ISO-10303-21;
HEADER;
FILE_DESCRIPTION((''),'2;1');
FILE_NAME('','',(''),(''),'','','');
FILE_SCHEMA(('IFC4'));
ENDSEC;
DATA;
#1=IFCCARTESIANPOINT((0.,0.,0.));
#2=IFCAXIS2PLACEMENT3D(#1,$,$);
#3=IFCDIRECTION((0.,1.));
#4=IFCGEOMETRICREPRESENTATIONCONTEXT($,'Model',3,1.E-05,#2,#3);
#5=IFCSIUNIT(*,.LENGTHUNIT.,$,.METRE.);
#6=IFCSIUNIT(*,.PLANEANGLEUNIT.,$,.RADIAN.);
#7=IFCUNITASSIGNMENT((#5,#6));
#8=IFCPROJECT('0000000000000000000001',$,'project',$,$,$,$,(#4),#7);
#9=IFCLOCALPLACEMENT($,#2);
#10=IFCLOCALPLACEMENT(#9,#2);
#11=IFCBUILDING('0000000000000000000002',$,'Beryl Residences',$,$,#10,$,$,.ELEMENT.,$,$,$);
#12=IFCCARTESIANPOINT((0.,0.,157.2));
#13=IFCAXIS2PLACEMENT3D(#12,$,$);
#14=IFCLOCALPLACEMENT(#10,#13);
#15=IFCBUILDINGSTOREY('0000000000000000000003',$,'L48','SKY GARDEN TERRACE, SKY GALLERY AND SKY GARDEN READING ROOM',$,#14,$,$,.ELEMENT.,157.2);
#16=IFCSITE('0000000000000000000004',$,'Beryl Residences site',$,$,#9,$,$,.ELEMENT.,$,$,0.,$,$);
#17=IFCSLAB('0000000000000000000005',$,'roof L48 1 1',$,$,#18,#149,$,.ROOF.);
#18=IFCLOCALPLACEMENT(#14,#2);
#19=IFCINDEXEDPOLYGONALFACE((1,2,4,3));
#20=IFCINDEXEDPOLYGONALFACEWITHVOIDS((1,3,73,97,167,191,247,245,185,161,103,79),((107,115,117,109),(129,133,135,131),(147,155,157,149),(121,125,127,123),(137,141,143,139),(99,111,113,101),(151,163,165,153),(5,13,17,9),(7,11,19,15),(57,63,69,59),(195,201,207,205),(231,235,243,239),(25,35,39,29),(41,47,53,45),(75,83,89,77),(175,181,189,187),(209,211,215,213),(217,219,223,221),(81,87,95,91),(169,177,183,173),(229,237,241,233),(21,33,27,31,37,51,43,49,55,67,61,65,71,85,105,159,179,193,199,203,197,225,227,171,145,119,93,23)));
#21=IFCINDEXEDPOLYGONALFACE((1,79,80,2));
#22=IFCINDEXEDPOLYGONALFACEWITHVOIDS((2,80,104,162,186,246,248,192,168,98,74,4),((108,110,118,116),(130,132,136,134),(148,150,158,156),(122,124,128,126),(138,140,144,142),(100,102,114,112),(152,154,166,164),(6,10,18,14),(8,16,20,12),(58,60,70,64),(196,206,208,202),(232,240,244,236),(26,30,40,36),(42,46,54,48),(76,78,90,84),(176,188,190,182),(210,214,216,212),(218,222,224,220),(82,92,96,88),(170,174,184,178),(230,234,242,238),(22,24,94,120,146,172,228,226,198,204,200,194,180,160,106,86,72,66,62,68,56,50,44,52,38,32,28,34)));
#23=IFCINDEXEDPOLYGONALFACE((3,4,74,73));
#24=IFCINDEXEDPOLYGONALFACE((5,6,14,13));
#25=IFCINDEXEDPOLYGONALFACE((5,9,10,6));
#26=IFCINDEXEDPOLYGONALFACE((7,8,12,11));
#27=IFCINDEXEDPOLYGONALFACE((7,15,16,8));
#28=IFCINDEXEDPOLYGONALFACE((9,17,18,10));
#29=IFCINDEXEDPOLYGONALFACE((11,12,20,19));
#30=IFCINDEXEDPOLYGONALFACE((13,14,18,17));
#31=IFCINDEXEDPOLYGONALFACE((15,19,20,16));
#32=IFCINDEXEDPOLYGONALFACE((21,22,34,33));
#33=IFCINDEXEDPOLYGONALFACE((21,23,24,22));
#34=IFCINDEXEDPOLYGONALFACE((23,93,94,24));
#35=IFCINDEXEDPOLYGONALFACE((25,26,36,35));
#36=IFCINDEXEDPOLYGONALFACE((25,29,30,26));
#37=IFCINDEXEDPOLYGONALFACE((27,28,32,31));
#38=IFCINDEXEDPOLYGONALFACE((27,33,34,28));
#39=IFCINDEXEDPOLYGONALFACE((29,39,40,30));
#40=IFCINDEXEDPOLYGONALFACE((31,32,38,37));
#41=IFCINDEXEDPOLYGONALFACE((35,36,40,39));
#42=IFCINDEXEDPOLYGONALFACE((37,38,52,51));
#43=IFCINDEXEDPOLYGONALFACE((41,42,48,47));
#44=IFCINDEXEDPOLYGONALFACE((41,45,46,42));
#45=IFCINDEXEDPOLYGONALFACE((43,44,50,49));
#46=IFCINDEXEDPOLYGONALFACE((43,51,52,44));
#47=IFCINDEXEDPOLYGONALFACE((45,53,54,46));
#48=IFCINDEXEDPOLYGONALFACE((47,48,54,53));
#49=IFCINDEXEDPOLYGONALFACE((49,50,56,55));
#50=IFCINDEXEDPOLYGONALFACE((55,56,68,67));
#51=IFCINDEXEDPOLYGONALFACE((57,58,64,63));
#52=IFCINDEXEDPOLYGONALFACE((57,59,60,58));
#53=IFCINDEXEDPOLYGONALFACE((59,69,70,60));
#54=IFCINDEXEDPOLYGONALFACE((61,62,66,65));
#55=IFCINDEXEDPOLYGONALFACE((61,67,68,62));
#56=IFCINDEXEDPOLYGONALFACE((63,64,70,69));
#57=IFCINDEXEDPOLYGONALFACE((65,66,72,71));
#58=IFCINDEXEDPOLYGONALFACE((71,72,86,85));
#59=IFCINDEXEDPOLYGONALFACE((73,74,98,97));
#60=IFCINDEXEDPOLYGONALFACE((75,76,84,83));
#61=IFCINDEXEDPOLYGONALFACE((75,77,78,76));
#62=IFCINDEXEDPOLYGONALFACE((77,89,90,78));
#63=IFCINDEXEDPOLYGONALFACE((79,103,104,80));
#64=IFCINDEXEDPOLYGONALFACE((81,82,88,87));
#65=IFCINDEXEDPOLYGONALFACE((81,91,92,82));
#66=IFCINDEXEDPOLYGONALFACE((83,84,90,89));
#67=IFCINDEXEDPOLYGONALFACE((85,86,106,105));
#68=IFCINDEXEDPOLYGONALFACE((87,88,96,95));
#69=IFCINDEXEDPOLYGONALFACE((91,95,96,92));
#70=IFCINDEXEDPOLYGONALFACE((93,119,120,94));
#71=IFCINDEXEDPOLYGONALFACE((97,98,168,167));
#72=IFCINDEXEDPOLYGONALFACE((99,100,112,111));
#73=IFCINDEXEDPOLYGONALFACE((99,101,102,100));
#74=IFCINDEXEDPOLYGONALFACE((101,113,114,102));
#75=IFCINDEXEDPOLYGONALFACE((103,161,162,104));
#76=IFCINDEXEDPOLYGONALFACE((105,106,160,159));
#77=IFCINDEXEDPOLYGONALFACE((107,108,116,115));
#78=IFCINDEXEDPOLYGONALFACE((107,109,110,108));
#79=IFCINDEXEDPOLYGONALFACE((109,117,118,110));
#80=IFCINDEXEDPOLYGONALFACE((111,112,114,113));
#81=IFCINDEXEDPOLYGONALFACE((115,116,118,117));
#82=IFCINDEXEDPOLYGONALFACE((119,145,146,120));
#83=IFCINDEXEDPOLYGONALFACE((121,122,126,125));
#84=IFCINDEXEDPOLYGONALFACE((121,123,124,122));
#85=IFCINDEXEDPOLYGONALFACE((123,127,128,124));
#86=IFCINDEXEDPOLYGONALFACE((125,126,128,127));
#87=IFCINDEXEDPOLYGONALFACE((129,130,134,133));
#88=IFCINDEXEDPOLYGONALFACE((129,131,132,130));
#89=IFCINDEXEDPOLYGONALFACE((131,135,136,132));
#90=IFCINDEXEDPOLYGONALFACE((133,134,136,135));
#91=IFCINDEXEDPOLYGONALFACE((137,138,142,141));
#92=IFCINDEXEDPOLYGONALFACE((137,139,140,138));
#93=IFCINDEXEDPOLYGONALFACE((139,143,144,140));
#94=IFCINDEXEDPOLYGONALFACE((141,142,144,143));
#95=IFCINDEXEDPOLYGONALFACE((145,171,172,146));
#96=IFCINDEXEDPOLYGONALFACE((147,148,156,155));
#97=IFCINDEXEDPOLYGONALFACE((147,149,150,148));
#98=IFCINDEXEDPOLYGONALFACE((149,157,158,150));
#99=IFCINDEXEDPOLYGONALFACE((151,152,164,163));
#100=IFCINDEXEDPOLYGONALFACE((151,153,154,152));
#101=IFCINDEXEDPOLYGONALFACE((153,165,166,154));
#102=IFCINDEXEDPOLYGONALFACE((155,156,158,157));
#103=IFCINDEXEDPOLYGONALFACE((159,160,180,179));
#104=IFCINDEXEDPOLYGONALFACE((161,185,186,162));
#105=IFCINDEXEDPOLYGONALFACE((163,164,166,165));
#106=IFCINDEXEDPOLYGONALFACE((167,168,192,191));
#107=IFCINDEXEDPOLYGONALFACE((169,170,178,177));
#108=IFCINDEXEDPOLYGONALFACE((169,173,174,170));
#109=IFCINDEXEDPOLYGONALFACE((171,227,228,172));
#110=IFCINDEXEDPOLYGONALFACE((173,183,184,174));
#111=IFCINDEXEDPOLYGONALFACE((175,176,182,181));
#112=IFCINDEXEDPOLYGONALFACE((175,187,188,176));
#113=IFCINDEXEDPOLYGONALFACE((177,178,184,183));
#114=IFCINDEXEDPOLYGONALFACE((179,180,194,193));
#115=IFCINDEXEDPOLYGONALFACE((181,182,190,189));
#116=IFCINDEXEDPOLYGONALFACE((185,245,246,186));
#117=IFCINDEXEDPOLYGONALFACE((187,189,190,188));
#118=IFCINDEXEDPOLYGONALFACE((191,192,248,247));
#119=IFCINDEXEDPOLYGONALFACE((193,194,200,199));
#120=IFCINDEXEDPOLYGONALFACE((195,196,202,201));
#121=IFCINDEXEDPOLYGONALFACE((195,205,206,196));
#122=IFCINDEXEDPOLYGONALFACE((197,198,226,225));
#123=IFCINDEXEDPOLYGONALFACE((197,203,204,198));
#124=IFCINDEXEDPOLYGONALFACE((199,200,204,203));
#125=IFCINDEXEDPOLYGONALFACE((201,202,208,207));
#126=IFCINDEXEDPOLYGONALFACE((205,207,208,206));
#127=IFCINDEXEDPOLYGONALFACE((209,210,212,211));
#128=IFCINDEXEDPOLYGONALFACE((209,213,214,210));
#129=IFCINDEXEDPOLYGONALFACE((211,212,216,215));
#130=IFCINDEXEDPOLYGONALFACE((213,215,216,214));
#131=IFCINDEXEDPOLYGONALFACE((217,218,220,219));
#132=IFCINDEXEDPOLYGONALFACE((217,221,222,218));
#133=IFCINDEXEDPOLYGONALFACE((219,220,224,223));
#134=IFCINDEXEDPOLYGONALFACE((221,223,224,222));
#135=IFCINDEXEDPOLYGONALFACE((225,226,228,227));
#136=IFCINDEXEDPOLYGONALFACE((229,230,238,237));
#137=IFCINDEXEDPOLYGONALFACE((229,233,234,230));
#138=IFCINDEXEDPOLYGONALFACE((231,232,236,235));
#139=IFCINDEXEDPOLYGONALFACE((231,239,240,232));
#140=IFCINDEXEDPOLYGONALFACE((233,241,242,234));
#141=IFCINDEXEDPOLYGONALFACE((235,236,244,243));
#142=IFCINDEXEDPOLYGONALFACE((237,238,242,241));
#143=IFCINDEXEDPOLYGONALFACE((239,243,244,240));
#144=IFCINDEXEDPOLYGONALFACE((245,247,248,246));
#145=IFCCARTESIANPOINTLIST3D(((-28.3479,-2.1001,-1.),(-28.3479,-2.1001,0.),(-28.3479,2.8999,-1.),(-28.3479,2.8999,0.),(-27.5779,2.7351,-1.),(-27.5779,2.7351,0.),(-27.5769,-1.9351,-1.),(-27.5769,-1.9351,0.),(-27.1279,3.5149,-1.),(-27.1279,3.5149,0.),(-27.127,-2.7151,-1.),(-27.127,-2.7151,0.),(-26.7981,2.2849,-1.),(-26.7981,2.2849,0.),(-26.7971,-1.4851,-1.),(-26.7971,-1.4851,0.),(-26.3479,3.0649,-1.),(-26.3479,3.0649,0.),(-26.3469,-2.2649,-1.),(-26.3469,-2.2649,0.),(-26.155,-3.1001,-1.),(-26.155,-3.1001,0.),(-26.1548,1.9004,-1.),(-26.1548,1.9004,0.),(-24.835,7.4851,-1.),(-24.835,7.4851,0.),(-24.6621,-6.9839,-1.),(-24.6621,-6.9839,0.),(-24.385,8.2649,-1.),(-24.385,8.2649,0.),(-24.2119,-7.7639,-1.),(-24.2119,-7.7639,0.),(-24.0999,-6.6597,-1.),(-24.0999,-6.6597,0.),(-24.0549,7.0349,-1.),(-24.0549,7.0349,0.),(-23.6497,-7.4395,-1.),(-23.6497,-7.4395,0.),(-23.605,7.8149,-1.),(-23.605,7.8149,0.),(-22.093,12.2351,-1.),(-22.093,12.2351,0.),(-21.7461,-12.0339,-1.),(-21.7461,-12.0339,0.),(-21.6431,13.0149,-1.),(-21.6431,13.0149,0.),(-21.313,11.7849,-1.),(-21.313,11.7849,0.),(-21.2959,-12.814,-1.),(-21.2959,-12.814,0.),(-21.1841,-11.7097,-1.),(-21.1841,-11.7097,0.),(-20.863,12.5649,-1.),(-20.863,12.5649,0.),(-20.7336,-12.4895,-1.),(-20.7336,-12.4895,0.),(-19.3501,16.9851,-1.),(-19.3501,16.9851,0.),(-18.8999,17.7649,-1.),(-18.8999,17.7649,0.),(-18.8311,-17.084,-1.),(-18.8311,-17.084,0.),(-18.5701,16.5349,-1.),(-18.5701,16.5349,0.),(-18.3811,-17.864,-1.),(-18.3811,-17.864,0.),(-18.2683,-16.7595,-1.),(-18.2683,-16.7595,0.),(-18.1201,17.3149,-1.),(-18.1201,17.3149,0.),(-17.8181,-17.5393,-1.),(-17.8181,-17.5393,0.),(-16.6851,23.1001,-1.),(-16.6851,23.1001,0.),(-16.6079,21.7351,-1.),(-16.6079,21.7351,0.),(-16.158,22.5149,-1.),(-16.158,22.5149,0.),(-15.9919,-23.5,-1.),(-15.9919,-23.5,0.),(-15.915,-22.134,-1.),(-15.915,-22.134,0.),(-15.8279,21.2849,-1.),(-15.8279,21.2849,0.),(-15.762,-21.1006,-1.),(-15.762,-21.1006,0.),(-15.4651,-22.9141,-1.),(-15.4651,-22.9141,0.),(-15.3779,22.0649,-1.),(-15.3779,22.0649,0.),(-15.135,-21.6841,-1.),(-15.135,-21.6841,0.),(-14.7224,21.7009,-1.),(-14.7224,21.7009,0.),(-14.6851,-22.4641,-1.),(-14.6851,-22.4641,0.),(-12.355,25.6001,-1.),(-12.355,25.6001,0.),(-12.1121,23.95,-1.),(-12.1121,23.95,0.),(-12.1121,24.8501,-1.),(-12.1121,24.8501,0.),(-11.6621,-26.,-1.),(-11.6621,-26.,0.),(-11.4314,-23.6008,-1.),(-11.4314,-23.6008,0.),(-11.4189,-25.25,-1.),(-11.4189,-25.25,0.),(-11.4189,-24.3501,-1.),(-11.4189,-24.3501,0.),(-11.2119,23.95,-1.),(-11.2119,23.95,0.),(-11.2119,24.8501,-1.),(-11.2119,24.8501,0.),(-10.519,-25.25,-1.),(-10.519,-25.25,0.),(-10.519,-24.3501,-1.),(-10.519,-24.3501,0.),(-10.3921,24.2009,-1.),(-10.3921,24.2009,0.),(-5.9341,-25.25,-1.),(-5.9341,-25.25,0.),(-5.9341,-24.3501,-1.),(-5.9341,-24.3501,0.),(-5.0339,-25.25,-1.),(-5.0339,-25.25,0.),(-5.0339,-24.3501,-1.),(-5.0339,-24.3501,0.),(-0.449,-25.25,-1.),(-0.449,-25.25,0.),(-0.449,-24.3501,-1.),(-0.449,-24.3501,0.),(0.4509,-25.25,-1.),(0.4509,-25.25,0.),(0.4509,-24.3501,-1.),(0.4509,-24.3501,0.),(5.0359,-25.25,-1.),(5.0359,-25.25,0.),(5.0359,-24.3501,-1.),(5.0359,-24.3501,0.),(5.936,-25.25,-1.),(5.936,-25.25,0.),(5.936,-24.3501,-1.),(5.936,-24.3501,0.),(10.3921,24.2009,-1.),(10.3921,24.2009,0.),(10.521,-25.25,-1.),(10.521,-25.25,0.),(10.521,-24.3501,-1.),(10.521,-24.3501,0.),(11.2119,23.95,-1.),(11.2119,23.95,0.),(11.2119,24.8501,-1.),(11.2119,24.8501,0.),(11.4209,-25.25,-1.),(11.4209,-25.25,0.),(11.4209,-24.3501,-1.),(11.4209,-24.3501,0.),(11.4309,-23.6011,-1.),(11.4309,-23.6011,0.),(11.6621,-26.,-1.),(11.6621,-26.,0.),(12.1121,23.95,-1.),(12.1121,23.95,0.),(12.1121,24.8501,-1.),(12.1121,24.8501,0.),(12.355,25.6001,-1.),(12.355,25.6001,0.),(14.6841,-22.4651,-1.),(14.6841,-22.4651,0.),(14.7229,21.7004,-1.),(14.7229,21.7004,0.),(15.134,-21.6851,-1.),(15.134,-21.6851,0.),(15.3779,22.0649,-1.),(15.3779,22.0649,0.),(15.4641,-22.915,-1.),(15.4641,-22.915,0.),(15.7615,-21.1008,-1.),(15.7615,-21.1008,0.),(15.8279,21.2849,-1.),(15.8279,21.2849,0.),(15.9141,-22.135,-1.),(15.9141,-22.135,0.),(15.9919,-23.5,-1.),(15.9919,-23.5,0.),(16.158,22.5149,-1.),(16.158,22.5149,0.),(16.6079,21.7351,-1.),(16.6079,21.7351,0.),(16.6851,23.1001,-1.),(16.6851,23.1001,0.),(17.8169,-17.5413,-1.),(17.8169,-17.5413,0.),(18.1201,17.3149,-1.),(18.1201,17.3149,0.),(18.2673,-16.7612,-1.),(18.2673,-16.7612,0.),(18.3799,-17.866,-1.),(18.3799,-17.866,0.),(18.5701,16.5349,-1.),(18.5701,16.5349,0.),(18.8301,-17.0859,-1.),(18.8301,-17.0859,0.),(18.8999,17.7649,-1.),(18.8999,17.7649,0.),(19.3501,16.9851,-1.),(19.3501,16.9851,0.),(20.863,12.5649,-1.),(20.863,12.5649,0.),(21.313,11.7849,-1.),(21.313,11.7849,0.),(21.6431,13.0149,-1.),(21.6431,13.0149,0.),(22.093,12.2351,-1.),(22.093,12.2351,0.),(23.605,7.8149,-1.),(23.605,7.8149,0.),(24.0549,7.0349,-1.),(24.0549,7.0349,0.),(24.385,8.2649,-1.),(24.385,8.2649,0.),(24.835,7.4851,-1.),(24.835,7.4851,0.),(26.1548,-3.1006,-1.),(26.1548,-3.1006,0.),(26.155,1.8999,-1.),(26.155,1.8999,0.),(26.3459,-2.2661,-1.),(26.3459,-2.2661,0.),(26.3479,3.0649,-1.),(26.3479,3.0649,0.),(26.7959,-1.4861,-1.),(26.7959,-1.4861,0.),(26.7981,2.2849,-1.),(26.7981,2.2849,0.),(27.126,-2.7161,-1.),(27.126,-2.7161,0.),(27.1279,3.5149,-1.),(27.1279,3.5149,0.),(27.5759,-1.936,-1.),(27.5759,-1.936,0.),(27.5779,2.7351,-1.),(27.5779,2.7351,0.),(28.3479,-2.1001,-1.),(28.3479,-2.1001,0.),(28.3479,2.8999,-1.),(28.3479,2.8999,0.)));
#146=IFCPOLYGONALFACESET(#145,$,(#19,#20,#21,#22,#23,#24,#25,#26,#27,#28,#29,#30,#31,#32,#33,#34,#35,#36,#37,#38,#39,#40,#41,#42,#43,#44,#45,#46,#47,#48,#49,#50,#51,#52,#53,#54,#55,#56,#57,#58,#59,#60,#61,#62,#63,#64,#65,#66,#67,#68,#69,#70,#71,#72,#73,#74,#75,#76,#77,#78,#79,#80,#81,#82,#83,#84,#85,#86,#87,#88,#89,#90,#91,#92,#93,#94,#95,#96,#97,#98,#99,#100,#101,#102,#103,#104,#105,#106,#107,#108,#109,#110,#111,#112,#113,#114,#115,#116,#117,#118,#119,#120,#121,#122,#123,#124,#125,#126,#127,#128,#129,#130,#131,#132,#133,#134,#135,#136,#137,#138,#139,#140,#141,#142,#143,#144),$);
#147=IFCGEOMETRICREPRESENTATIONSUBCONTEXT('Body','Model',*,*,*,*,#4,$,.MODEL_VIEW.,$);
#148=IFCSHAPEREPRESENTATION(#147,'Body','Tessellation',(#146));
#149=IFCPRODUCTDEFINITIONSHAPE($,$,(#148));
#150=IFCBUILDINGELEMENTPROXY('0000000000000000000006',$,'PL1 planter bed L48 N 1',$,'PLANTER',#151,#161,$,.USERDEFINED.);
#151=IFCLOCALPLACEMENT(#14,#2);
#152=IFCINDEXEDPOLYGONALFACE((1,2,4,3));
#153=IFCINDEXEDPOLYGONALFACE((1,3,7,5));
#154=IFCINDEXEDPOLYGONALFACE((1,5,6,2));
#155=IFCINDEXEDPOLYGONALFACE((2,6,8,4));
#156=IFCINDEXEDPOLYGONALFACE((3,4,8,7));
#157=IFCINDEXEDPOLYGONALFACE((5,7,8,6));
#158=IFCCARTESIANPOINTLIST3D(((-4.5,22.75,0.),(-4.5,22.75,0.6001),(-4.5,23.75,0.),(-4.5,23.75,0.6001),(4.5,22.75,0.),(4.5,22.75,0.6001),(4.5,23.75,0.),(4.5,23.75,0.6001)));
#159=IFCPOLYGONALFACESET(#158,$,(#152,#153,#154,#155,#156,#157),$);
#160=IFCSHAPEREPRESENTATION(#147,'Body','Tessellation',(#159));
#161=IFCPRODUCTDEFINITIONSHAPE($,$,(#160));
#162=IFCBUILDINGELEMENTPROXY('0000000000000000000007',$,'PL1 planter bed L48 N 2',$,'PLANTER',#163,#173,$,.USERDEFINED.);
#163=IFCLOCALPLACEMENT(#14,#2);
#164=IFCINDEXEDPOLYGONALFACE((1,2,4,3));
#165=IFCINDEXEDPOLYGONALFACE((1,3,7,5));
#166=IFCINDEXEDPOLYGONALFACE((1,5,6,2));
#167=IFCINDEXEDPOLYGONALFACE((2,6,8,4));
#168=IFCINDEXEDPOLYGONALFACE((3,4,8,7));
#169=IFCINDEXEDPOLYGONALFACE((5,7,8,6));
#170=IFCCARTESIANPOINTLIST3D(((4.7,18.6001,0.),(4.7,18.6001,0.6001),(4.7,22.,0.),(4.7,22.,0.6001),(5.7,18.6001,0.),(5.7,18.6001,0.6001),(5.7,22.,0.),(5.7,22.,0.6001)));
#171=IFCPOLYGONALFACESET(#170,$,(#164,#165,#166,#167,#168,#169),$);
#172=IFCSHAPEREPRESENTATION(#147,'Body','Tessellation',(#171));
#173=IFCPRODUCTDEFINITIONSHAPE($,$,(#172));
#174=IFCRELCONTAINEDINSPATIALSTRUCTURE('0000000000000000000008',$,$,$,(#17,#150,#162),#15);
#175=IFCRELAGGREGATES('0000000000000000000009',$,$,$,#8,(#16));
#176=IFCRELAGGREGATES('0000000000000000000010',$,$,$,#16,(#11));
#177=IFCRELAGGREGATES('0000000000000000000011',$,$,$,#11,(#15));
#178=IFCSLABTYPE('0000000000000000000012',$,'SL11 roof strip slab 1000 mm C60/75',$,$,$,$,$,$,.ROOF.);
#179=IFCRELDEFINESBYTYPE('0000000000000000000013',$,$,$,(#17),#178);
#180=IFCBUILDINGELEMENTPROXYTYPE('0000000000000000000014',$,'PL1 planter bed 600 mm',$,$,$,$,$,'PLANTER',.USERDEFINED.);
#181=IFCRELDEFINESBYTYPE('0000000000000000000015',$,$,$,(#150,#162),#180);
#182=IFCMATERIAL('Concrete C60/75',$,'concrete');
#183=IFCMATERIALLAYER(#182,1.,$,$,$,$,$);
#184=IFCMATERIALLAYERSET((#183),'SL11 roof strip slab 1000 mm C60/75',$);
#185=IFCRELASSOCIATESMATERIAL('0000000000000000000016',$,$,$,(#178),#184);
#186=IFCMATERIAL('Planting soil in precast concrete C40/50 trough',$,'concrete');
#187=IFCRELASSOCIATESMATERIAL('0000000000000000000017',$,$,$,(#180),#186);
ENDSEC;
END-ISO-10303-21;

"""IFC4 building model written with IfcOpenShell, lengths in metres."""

from ifc_helpers import new_model, si_unit, direction, frame, origin, place, context, subcontext, project, spatial, polyline, outline, extrude, material, layer, layer_set, type_object, element, save


model = new_model("IFC4")

# Units and contexts
model_context = context("Model", 3, precision=1e-05, world=origin(), true_north=direction((0.0, 1.0)))
body_context = subcontext(model_context, "Body", "Model", "MODEL_VIEW")
ifc_project = project(units=[si_unit("LENGTHUNIT", "METRE"), si_unit("PLANEANGLEUNIT", "RADIAN")], contexts=[model_context])

# Site, building, storey
site_placement = place(None, origin())
site = spatial("IfcSite", under=ifc_project, at=site_placement, Name="Beryl Residences site", CompositionType="ELEMENT", RefElevation=0.0)
building_placement = place(site_placement, origin())
building = spatial("IfcBuilding", under=site, at=building_placement, Name="Beryl Residences", CompositionType="ELEMENT")
storey_placement = place(building_placement, frame((0.0, 0.0, 157.2)))
storey = spatial("IfcBuildingStorey", under=building, at=storey_placement, Name="L48", Description="SKY GARDEN TERRACE, SKY GALLERY AND SKY GARDEN READING ROOM", CompositionType="ELEMENT", Elevation=157.2)

# Slab
ifc_material_1 = material(Name="Concrete C60/75", Category="concrete")
ifc_layer_1 = layer(ifc_material_1, 1.0)
ifc_layer_set_1 = layer_set([ifc_layer_1], Name="SL11 roof strip slab 1000 mm C60/75")
slab_type_1 = type_object("IfcSlabType", Name="SL11 roof strip slab 1000 mm C60/75", PredefinedType="ROOF", material=ifc_layer_set_1)
slab_1_placement = place(storey_placement, frame((0.0, 0.0, -1.0)))
element("IfcSlab", 1, at=slab_1_placement, inside=storey, type_object=slab_type_1, Name="roof L48 1 1", PredefinedType="ROOF", context=body_context, shape_type="SweptSolid", body=[
    extrude(outline(polyline([(28.3479, -2.1001), (15.9919, -23.5), (11.6621, -26.0), (-11.6621, -26.0), (-15.9919, -23.5), (-28.3479, -2.1001), (-28.3479, 2.8999), (-16.6851, 23.1001), (-12.355, 25.6001), (12.355, 25.6001), (16.6851, 23.1001), (28.3479, 2.8999), (28.3479, -2.1001)]), holes=[polyline([(27.1279, 3.5149), (26.3479, 3.0649), (26.7981, 2.2849), (27.5779, 2.7351), (27.1279, 3.5149)]), polyline([(27.5759, -1.936), (26.7959, -1.4861), (26.3459, -2.2661), (27.126, -2.7161), (27.5759, -1.936)]), polyline([(10.3921, 24.2009), (-10.3921, 24.2009), (-14.7224, 21.7009), (-26.1548, 1.9004), (-26.155, -3.1001), (-24.0999, -6.6597), (-24.6621, -6.9839), (-24.2119, -7.7639), (-23.6497, -7.4395), (-21.1841, -11.7097), (-21.7461, -12.0339), (-21.2959, -12.814), (-20.7336, -12.4895), (-18.2683, -16.7595), (-18.8311, -17.084), (-18.3811, -17.864), (-17.8181, -17.5393), (-15.762, -21.1006), (-11.4314, -23.6008), (11.4309, -23.6011), (15.7615, -21.1008), (17.8169, -17.5413), (18.3799, -17.866), (18.8301, -17.0859), (18.2673, -16.7612), (26.1548, -3.1006), (26.155, 1.8999), (14.7229, 21.7004), (10.3921, 24.2009)]), polyline([(23.605, 7.8149), (24.0549, 7.0349), (24.835, 7.4851), (24.385, 8.2649), (23.605, 7.8149)]), polyline([(21.6431, 13.0149), (20.863, 12.5649), (21.313, 11.7849), (22.093, 12.2351), (21.6431, 13.0149)]), polyline([(18.8999, 17.7649), (18.1201, 17.3149), (18.5701, 16.5349), (19.3501, 16.9851), (18.8999, 17.7649)]), polyline([(16.6079, 21.7351), (16.158, 22.5149), (15.3779, 22.0649), (15.8279, 21.2849), (16.6079, 21.7351)]), polyline([(15.9141, -22.135), (15.134, -21.6851), (14.6841, -22.4651), (15.4641, -22.915), (15.9141, -22.135)]), polyline([(12.1121, 24.8501), (11.2119, 24.8501), (11.2119, 23.95), (12.1121, 23.95), (12.1121, 24.8501)]), polyline([(11.4209, -24.3501), (10.521, -24.3501), (10.521, -25.25), (11.4209, -25.25), (11.4209, -24.3501)]), polyline([(5.936, -25.25), (5.936, -24.3501), (5.0359, -24.3501), (5.0359, -25.25), (5.936, -25.25)]), polyline([(0.4509, -25.25), (0.4509, -24.3501), (-0.449, -24.3501), (-0.449, -25.25), (0.4509, -25.25)]), polyline([(-5.0339, -24.3501), (-5.9341, -24.3501), (-5.9341, -25.25), (-5.0339, -25.25), (-5.0339, -24.3501)]), polyline([(-10.519, -24.3501), (-11.4189, -24.3501), (-11.4189, -25.25), (-10.519, -25.25), (-10.519, -24.3501)]), polyline([(-12.1121, 24.8501), (-12.1121, 23.95), (-11.2119, 23.95), (-11.2119, 24.8501), (-12.1121, 24.8501)]), polyline([(-15.4651, -22.9141), (-14.6851, -22.4641), (-15.135, -21.6841), (-15.915, -22.134), (-15.4651, -22.9141)]), polyline([(-16.6079, 21.7351), (-15.8279, 21.2849), (-15.3779, 22.0649), (-16.158, 22.5149), (-16.6079, 21.7351)]), polyline([(-18.8999, 17.7649), (-19.3501, 16.9851), (-18.5701, 16.5349), (-18.1201, 17.3149), (-18.8999, 17.7649)]), polyline([(-22.093, 12.2351), (-21.313, 11.7849), (-20.863, 12.5649), (-21.6431, 13.0149), (-22.093, 12.2351)]), polyline([(-24.835, 7.4851), (-24.0549, 7.0349), (-23.605, 7.8149), (-24.385, 8.2649), (-24.835, 7.4851)]), polyline([(-27.5769, -1.9351), (-27.127, -2.7151), (-26.3469, -2.2649), (-26.7971, -1.4851), (-27.5769, -1.9351)]), polyline([(-26.7981, 2.2849), (-26.3479, 3.0649), (-27.1279, 3.5149), (-27.5779, 2.7351), (-26.7981, 2.2849)])]), origin(), (0.0, 0.0, 1.0), 1.0),
])

# Building element proxies
ifc_material_2 = material(Name="Planting soil in precast concrete C40/50 trough", Category="concrete")
building_element_proxy_type_1 = type_object("IfcBuildingElementProxyType", Name="PL1 planter bed 600 mm", ElementType="PLANTER", PredefinedType="USERDEFINED", material=ifc_material_2)
proxy_1_placement = place(storey_placement, origin())
element("IfcBuildingElementProxy", 2, at=proxy_1_placement, inside=storey, type_object=building_element_proxy_type_1, Name="PL1 planter bed L48 N 1", ObjectType="PLANTER", PredefinedType="USERDEFINED", context=body_context, shape_type="SweptSolid", body=[
    extrude(outline(polyline([(4.5, 23.75), (-4.5, 23.75), (-4.5, 22.75), (4.5, 22.75), (4.5, 23.75)])), origin(), (0.0, 0.0, 1.0), 0.6001),
])
proxy_2_placement = place(storey_placement, origin())
element("IfcBuildingElementProxy", 3, at=proxy_2_placement, inside=storey, type_object=building_element_proxy_type_1, Name="PL1 planter bed L48 N 2", ObjectType="PLANTER", PredefinedType="USERDEFINED", context=body_context, shape_type="SweptSolid", body=[
    extrude(outline(polyline([(5.7, 22.0), (4.7, 22.0), (4.7, 18.6001), (5.7, 18.6001), (5.7, 22.0)])), origin(), (0.0, 0.0, 1.0), 0.6001),
])

save(model, "model.ifc")
